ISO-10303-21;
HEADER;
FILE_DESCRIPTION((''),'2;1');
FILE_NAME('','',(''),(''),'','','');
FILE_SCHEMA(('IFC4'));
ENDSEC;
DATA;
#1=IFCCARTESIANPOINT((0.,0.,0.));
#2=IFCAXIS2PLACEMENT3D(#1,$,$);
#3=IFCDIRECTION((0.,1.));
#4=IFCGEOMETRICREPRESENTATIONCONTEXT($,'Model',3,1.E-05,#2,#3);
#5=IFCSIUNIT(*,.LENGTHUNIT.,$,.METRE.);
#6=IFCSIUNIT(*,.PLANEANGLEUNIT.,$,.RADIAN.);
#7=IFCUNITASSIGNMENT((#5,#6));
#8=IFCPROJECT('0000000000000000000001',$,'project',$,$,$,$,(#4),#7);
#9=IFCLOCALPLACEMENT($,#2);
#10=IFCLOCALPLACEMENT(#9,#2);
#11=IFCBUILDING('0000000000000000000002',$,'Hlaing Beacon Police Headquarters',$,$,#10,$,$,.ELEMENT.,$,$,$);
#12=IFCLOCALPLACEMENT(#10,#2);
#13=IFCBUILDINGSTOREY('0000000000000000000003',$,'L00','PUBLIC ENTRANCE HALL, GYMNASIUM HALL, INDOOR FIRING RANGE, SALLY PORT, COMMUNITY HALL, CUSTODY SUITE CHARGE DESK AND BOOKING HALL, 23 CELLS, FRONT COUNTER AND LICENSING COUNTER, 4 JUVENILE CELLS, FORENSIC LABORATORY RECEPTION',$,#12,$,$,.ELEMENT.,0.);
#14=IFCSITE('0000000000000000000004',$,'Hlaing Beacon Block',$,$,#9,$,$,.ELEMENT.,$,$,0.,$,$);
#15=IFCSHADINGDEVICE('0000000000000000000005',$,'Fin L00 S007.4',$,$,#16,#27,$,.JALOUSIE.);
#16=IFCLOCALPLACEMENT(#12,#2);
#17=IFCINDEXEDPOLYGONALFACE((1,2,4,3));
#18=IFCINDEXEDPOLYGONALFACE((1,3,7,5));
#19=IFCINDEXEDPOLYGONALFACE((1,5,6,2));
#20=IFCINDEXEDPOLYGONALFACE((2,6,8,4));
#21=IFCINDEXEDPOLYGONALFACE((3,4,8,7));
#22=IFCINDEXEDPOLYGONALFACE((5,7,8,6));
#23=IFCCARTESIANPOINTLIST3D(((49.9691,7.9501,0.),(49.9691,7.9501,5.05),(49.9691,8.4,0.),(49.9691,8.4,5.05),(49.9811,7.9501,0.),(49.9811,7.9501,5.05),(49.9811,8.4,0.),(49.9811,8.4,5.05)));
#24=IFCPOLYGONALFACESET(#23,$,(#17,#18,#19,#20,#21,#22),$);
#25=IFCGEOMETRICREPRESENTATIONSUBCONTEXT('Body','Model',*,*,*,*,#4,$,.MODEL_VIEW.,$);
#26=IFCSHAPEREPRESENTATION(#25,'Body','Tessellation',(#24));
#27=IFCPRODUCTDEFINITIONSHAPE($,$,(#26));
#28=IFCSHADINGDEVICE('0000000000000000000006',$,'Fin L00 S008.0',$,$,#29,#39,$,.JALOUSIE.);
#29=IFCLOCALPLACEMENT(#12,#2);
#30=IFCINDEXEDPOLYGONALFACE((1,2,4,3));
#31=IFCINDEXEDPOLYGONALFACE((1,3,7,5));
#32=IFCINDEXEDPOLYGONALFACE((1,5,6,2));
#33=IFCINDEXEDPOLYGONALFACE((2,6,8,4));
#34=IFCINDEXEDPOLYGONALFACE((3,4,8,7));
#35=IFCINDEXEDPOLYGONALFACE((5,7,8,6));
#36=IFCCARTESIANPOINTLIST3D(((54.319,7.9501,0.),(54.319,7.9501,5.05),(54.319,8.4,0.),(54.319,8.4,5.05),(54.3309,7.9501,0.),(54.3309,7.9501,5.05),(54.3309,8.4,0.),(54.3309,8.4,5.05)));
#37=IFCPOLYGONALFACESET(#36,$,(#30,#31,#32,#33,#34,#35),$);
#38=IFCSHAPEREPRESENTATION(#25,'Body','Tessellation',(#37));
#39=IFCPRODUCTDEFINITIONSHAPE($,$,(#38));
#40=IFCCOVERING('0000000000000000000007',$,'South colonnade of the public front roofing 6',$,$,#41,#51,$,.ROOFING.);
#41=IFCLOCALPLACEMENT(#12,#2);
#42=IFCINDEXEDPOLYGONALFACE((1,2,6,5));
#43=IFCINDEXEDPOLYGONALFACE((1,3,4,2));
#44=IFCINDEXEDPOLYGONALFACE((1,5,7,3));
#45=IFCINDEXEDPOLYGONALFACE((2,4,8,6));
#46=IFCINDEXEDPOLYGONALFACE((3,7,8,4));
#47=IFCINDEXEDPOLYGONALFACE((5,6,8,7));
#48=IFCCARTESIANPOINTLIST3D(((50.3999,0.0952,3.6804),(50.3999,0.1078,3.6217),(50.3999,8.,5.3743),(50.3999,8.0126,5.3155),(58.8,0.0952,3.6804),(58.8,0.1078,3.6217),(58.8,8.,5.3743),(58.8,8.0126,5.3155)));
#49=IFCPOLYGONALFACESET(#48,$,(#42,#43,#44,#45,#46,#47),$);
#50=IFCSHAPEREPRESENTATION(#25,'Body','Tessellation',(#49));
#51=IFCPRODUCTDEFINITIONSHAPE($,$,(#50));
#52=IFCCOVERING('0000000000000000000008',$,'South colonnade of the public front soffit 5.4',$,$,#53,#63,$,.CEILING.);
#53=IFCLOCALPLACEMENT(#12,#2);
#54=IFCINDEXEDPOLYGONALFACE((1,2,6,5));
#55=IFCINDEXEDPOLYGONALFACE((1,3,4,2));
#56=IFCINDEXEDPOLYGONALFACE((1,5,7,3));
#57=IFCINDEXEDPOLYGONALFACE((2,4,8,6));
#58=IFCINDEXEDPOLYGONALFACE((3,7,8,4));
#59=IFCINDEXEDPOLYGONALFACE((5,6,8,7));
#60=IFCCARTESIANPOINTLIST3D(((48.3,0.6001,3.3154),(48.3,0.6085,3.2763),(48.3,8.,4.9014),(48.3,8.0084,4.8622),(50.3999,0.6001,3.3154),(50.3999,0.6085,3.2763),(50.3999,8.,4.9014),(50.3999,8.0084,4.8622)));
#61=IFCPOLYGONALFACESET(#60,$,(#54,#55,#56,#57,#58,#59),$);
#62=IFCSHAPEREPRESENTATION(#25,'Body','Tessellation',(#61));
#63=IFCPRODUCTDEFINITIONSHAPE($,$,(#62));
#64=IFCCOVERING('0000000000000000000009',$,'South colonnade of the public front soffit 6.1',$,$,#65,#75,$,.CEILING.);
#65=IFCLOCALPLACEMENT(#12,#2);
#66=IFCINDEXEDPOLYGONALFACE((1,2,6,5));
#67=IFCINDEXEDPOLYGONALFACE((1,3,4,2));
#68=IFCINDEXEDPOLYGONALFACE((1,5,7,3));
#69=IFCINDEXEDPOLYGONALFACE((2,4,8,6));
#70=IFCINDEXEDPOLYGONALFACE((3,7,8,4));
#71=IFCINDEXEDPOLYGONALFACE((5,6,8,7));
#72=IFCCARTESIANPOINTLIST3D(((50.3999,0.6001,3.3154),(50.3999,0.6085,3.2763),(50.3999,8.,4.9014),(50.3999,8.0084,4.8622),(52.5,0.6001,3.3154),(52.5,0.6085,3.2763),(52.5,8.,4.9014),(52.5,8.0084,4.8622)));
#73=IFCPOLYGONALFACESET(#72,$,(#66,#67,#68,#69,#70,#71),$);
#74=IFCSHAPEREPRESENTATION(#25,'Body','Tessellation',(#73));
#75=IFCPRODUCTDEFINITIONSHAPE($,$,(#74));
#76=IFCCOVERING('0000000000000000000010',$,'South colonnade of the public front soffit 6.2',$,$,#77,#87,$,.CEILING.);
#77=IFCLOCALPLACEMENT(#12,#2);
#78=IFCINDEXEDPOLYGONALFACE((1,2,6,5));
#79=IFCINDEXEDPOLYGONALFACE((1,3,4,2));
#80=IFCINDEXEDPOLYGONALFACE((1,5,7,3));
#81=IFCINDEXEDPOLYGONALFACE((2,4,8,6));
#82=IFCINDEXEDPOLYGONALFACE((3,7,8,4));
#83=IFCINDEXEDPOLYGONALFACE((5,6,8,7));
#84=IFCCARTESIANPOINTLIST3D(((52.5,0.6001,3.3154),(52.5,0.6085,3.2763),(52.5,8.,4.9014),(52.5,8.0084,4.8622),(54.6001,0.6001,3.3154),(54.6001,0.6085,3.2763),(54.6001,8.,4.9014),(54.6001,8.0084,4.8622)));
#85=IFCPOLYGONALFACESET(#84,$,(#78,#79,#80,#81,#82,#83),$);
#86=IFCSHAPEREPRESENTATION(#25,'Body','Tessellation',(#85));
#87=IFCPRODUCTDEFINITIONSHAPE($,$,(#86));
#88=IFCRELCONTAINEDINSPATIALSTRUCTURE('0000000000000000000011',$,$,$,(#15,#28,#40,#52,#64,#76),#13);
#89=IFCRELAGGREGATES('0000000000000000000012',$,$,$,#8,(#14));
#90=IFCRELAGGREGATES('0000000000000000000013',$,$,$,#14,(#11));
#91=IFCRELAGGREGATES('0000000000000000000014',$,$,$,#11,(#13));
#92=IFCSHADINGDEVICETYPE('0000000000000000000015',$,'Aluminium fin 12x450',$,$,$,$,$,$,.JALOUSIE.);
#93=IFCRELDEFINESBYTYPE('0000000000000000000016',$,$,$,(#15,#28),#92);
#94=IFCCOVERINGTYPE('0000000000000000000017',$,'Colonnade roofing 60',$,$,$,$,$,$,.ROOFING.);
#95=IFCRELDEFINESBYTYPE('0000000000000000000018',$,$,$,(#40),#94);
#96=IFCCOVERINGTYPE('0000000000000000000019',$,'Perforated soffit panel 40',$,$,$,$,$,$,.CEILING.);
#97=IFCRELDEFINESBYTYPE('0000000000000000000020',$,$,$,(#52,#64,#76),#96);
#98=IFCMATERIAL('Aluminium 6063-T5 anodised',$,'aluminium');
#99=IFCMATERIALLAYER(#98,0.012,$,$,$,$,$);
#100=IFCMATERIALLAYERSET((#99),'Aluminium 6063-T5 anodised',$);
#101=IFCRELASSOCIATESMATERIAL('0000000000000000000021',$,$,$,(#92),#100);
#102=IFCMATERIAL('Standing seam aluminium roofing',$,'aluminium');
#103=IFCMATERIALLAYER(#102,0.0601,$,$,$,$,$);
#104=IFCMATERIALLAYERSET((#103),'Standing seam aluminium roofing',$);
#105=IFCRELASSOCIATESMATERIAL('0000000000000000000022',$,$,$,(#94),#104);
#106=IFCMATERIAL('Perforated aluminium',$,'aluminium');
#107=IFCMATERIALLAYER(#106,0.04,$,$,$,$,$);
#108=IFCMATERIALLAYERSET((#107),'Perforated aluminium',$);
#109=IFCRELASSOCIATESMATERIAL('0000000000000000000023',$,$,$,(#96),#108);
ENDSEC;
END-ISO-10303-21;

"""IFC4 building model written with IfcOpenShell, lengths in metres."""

from ifc_helpers import new_model, si_unit, direction, frame, origin, origin_2d, place, context, subcontext, project, spatial, polyline, rectangle, outline, extrude, material, layer, layer_set, type_object, element, save


model = new_model("IFC4")

# Units and contexts
model_context = context("Model", 3, precision=1e-05, world=origin(), true_north=direction((0.0, 1.0)))
body_context = subcontext(model_context, "Body", "Model", "MODEL_VIEW")
ifc_project = project(units=[si_unit("LENGTHUNIT", "METRE"), si_unit("PLANEANGLEUNIT", "RADIAN")], contexts=[model_context])

# Site, building, storey
site_placement = place(None, origin())
site = spatial("IfcSite", under=ifc_project, at=site_placement, Name="Hlaing Beacon Block", CompositionType="ELEMENT", RefElevation=0.0)
building_placement = place(site_placement, origin())
building = spatial("IfcBuilding", under=site, at=building_placement, Name="Hlaing Beacon Police Headquarters", CompositionType="ELEMENT")
storey_placement = place(building_placement, origin())
storey = spatial("IfcBuildingStorey", under=building, at=storey_placement, Name="L00", Description="PUBLIC ENTRANCE HALL, GYMNASIUM HALL, INDOOR FIRING RANGE, SALLY PORT, COMMUNITY HALL, CUSTODY SUITE CHARGE DESK AND BOOKING HALL, 23 CELLS, FRONT COUNTER AND LICENSING COUNTER, 4 JUVENILE CELLS, FORENSIC LABORATORY RECEPTION", CompositionType="ELEMENT", Elevation=0.0)

# Shading devices
ifc_material_1 = material(Name="Aluminium 6063-T5 anodised", Category="aluminium")
ifc_layer_1 = layer(ifc_material_1, 0.012)
ifc_layer_set_1 = layer_set([ifc_layer_1], Name="Aluminium 6063-T5 anodised")
shading_device_type = type_object("IfcShadingDeviceType", Name="Aluminium fin 12x450", PredefinedType="JALOUSIE", material=ifc_layer_set_1)
for number, where, z_axis, x_axis, name in (
    (1, (49.9751, 8.175, 0.0), (0.0, 0.0, 1.0), (1.0, 0.0, 0.0), "Fin L00 S007.4"),
    (2, (54.325, 8.175, 0.0), (0.0, 0.0, 1.0), (1.0, 0.0, 0.0), "Fin L00 S008.0"),
):
    element("IfcShadingDevice", number, at=place(storey_placement, frame(where, z_axis=z_axis, x_axis=x_axis)), inside=storey, type_object=shading_device_type, Name=name, PredefinedType="JALOUSIE", context=body_context, shape_type="SweptSolid", body=[
        extrude(rectangle(XDim=0.012, YDim=0.45, at=origin_2d()), origin(), (0.0, 0.0, 1.0), 5.05),
    ])

# Coverings
ifc_material_2 = material(Name="Standing seam aluminium roofing", Category="aluminium")
ifc_layer_2 = layer(ifc_material_2, 0.0601)
ifc_layer_set_2 = layer_set([ifc_layer_2], Name="Standing seam aluminium roofing")
covering_type_1 = type_object("IfcCoveringType", Name="Colonnade roofing 60", PredefinedType="ROOFING", material=ifc_layer_set_2)
covering_1_placement = place(storey_placement, frame((50.3999, 0.0952, 3.6804), z_axis=(0.0, -0.209525, 0.977803), x_axis=(1.0, 0.0, 0.0)))
element("IfcCovering", 3, at=covering_1_placement, inside=storey, type_object=covering_type_1, Name="South colonnade of the public front roofing 6", PredefinedType="ROOFING", context=body_context, shape_type="SweptSolid", body=[
    extrude(outline(polyline([(0.0, 0.0), (8.4001, 0.0), (8.4001, 8.0842), (0.0, 8.0842), (0.0, 0.0)])), origin(), (0.0, 0.0, -1.0), 0.0601),
])
ifc_material_3 = material(Name="Perforated aluminium", Category="aluminium")
ifc_layer_3 = layer(ifc_material_3, 0.04)
ifc_layer_set_3 = layer_set([ifc_layer_3], Name="Perforated aluminium")
covering_type_2 = type_object("IfcCoveringType", Name="Perforated soffit panel 40", PredefinedType="CEILING", material=ifc_layer_set_3)
covering_2_placement = place(storey_placement, frame((48.3, 0.6001, 3.3154), z_axis=(0.0, -0.20956, 0.977796), x_axis=(1.0, 0.0, 0.0)))
element("IfcCovering", 4, at=covering_2_placement, inside=storey, type_object=covering_type_2, Name="South colonnade of the public front soffit 5.4", PredefinedType="CEILING", context=body_context, shape_type="SweptSolid", body=[
    extrude(outline(polyline([(0.0, 0.0), (2.0999, 0.0), (2.0999, 7.5679), (0.0, 7.5679), (0.0, 0.0)])), origin(), (0.0, 0.0, -1.0), 0.04),
])
for number, where, z_axis, x_axis, name in (
    (5, (50.3999, 0.6001, 3.3154), (0.0, -0.20956, 0.977796), (1.0, 0.0, 0.0), "South colonnade of the public front soffit 6.1"),
    (6, (52.5, 0.6001, 3.3154), (0.0, -0.20956, 0.977796), (1.0, 0.0, 0.0), "South colonnade of the public front soffit 6.2"),
):
    element("IfcCovering", number, at=place(storey_placement, frame(where, z_axis=z_axis, x_axis=x_axis)), inside=storey, type_object=covering_type_2, Name=name, PredefinedType="CEILING", context=body_context, shape_type="SweptSolid", body=[
        extrude(outline(polyline([(0.0, 0.0), (2.1001, 0.0), (2.1001, 7.5679), (0.0, 7.5679), (0.0, 0.0)])), origin(), (0.0, 0.0, -1.0), 0.04),
    ])

save(model, "model.ifc")
